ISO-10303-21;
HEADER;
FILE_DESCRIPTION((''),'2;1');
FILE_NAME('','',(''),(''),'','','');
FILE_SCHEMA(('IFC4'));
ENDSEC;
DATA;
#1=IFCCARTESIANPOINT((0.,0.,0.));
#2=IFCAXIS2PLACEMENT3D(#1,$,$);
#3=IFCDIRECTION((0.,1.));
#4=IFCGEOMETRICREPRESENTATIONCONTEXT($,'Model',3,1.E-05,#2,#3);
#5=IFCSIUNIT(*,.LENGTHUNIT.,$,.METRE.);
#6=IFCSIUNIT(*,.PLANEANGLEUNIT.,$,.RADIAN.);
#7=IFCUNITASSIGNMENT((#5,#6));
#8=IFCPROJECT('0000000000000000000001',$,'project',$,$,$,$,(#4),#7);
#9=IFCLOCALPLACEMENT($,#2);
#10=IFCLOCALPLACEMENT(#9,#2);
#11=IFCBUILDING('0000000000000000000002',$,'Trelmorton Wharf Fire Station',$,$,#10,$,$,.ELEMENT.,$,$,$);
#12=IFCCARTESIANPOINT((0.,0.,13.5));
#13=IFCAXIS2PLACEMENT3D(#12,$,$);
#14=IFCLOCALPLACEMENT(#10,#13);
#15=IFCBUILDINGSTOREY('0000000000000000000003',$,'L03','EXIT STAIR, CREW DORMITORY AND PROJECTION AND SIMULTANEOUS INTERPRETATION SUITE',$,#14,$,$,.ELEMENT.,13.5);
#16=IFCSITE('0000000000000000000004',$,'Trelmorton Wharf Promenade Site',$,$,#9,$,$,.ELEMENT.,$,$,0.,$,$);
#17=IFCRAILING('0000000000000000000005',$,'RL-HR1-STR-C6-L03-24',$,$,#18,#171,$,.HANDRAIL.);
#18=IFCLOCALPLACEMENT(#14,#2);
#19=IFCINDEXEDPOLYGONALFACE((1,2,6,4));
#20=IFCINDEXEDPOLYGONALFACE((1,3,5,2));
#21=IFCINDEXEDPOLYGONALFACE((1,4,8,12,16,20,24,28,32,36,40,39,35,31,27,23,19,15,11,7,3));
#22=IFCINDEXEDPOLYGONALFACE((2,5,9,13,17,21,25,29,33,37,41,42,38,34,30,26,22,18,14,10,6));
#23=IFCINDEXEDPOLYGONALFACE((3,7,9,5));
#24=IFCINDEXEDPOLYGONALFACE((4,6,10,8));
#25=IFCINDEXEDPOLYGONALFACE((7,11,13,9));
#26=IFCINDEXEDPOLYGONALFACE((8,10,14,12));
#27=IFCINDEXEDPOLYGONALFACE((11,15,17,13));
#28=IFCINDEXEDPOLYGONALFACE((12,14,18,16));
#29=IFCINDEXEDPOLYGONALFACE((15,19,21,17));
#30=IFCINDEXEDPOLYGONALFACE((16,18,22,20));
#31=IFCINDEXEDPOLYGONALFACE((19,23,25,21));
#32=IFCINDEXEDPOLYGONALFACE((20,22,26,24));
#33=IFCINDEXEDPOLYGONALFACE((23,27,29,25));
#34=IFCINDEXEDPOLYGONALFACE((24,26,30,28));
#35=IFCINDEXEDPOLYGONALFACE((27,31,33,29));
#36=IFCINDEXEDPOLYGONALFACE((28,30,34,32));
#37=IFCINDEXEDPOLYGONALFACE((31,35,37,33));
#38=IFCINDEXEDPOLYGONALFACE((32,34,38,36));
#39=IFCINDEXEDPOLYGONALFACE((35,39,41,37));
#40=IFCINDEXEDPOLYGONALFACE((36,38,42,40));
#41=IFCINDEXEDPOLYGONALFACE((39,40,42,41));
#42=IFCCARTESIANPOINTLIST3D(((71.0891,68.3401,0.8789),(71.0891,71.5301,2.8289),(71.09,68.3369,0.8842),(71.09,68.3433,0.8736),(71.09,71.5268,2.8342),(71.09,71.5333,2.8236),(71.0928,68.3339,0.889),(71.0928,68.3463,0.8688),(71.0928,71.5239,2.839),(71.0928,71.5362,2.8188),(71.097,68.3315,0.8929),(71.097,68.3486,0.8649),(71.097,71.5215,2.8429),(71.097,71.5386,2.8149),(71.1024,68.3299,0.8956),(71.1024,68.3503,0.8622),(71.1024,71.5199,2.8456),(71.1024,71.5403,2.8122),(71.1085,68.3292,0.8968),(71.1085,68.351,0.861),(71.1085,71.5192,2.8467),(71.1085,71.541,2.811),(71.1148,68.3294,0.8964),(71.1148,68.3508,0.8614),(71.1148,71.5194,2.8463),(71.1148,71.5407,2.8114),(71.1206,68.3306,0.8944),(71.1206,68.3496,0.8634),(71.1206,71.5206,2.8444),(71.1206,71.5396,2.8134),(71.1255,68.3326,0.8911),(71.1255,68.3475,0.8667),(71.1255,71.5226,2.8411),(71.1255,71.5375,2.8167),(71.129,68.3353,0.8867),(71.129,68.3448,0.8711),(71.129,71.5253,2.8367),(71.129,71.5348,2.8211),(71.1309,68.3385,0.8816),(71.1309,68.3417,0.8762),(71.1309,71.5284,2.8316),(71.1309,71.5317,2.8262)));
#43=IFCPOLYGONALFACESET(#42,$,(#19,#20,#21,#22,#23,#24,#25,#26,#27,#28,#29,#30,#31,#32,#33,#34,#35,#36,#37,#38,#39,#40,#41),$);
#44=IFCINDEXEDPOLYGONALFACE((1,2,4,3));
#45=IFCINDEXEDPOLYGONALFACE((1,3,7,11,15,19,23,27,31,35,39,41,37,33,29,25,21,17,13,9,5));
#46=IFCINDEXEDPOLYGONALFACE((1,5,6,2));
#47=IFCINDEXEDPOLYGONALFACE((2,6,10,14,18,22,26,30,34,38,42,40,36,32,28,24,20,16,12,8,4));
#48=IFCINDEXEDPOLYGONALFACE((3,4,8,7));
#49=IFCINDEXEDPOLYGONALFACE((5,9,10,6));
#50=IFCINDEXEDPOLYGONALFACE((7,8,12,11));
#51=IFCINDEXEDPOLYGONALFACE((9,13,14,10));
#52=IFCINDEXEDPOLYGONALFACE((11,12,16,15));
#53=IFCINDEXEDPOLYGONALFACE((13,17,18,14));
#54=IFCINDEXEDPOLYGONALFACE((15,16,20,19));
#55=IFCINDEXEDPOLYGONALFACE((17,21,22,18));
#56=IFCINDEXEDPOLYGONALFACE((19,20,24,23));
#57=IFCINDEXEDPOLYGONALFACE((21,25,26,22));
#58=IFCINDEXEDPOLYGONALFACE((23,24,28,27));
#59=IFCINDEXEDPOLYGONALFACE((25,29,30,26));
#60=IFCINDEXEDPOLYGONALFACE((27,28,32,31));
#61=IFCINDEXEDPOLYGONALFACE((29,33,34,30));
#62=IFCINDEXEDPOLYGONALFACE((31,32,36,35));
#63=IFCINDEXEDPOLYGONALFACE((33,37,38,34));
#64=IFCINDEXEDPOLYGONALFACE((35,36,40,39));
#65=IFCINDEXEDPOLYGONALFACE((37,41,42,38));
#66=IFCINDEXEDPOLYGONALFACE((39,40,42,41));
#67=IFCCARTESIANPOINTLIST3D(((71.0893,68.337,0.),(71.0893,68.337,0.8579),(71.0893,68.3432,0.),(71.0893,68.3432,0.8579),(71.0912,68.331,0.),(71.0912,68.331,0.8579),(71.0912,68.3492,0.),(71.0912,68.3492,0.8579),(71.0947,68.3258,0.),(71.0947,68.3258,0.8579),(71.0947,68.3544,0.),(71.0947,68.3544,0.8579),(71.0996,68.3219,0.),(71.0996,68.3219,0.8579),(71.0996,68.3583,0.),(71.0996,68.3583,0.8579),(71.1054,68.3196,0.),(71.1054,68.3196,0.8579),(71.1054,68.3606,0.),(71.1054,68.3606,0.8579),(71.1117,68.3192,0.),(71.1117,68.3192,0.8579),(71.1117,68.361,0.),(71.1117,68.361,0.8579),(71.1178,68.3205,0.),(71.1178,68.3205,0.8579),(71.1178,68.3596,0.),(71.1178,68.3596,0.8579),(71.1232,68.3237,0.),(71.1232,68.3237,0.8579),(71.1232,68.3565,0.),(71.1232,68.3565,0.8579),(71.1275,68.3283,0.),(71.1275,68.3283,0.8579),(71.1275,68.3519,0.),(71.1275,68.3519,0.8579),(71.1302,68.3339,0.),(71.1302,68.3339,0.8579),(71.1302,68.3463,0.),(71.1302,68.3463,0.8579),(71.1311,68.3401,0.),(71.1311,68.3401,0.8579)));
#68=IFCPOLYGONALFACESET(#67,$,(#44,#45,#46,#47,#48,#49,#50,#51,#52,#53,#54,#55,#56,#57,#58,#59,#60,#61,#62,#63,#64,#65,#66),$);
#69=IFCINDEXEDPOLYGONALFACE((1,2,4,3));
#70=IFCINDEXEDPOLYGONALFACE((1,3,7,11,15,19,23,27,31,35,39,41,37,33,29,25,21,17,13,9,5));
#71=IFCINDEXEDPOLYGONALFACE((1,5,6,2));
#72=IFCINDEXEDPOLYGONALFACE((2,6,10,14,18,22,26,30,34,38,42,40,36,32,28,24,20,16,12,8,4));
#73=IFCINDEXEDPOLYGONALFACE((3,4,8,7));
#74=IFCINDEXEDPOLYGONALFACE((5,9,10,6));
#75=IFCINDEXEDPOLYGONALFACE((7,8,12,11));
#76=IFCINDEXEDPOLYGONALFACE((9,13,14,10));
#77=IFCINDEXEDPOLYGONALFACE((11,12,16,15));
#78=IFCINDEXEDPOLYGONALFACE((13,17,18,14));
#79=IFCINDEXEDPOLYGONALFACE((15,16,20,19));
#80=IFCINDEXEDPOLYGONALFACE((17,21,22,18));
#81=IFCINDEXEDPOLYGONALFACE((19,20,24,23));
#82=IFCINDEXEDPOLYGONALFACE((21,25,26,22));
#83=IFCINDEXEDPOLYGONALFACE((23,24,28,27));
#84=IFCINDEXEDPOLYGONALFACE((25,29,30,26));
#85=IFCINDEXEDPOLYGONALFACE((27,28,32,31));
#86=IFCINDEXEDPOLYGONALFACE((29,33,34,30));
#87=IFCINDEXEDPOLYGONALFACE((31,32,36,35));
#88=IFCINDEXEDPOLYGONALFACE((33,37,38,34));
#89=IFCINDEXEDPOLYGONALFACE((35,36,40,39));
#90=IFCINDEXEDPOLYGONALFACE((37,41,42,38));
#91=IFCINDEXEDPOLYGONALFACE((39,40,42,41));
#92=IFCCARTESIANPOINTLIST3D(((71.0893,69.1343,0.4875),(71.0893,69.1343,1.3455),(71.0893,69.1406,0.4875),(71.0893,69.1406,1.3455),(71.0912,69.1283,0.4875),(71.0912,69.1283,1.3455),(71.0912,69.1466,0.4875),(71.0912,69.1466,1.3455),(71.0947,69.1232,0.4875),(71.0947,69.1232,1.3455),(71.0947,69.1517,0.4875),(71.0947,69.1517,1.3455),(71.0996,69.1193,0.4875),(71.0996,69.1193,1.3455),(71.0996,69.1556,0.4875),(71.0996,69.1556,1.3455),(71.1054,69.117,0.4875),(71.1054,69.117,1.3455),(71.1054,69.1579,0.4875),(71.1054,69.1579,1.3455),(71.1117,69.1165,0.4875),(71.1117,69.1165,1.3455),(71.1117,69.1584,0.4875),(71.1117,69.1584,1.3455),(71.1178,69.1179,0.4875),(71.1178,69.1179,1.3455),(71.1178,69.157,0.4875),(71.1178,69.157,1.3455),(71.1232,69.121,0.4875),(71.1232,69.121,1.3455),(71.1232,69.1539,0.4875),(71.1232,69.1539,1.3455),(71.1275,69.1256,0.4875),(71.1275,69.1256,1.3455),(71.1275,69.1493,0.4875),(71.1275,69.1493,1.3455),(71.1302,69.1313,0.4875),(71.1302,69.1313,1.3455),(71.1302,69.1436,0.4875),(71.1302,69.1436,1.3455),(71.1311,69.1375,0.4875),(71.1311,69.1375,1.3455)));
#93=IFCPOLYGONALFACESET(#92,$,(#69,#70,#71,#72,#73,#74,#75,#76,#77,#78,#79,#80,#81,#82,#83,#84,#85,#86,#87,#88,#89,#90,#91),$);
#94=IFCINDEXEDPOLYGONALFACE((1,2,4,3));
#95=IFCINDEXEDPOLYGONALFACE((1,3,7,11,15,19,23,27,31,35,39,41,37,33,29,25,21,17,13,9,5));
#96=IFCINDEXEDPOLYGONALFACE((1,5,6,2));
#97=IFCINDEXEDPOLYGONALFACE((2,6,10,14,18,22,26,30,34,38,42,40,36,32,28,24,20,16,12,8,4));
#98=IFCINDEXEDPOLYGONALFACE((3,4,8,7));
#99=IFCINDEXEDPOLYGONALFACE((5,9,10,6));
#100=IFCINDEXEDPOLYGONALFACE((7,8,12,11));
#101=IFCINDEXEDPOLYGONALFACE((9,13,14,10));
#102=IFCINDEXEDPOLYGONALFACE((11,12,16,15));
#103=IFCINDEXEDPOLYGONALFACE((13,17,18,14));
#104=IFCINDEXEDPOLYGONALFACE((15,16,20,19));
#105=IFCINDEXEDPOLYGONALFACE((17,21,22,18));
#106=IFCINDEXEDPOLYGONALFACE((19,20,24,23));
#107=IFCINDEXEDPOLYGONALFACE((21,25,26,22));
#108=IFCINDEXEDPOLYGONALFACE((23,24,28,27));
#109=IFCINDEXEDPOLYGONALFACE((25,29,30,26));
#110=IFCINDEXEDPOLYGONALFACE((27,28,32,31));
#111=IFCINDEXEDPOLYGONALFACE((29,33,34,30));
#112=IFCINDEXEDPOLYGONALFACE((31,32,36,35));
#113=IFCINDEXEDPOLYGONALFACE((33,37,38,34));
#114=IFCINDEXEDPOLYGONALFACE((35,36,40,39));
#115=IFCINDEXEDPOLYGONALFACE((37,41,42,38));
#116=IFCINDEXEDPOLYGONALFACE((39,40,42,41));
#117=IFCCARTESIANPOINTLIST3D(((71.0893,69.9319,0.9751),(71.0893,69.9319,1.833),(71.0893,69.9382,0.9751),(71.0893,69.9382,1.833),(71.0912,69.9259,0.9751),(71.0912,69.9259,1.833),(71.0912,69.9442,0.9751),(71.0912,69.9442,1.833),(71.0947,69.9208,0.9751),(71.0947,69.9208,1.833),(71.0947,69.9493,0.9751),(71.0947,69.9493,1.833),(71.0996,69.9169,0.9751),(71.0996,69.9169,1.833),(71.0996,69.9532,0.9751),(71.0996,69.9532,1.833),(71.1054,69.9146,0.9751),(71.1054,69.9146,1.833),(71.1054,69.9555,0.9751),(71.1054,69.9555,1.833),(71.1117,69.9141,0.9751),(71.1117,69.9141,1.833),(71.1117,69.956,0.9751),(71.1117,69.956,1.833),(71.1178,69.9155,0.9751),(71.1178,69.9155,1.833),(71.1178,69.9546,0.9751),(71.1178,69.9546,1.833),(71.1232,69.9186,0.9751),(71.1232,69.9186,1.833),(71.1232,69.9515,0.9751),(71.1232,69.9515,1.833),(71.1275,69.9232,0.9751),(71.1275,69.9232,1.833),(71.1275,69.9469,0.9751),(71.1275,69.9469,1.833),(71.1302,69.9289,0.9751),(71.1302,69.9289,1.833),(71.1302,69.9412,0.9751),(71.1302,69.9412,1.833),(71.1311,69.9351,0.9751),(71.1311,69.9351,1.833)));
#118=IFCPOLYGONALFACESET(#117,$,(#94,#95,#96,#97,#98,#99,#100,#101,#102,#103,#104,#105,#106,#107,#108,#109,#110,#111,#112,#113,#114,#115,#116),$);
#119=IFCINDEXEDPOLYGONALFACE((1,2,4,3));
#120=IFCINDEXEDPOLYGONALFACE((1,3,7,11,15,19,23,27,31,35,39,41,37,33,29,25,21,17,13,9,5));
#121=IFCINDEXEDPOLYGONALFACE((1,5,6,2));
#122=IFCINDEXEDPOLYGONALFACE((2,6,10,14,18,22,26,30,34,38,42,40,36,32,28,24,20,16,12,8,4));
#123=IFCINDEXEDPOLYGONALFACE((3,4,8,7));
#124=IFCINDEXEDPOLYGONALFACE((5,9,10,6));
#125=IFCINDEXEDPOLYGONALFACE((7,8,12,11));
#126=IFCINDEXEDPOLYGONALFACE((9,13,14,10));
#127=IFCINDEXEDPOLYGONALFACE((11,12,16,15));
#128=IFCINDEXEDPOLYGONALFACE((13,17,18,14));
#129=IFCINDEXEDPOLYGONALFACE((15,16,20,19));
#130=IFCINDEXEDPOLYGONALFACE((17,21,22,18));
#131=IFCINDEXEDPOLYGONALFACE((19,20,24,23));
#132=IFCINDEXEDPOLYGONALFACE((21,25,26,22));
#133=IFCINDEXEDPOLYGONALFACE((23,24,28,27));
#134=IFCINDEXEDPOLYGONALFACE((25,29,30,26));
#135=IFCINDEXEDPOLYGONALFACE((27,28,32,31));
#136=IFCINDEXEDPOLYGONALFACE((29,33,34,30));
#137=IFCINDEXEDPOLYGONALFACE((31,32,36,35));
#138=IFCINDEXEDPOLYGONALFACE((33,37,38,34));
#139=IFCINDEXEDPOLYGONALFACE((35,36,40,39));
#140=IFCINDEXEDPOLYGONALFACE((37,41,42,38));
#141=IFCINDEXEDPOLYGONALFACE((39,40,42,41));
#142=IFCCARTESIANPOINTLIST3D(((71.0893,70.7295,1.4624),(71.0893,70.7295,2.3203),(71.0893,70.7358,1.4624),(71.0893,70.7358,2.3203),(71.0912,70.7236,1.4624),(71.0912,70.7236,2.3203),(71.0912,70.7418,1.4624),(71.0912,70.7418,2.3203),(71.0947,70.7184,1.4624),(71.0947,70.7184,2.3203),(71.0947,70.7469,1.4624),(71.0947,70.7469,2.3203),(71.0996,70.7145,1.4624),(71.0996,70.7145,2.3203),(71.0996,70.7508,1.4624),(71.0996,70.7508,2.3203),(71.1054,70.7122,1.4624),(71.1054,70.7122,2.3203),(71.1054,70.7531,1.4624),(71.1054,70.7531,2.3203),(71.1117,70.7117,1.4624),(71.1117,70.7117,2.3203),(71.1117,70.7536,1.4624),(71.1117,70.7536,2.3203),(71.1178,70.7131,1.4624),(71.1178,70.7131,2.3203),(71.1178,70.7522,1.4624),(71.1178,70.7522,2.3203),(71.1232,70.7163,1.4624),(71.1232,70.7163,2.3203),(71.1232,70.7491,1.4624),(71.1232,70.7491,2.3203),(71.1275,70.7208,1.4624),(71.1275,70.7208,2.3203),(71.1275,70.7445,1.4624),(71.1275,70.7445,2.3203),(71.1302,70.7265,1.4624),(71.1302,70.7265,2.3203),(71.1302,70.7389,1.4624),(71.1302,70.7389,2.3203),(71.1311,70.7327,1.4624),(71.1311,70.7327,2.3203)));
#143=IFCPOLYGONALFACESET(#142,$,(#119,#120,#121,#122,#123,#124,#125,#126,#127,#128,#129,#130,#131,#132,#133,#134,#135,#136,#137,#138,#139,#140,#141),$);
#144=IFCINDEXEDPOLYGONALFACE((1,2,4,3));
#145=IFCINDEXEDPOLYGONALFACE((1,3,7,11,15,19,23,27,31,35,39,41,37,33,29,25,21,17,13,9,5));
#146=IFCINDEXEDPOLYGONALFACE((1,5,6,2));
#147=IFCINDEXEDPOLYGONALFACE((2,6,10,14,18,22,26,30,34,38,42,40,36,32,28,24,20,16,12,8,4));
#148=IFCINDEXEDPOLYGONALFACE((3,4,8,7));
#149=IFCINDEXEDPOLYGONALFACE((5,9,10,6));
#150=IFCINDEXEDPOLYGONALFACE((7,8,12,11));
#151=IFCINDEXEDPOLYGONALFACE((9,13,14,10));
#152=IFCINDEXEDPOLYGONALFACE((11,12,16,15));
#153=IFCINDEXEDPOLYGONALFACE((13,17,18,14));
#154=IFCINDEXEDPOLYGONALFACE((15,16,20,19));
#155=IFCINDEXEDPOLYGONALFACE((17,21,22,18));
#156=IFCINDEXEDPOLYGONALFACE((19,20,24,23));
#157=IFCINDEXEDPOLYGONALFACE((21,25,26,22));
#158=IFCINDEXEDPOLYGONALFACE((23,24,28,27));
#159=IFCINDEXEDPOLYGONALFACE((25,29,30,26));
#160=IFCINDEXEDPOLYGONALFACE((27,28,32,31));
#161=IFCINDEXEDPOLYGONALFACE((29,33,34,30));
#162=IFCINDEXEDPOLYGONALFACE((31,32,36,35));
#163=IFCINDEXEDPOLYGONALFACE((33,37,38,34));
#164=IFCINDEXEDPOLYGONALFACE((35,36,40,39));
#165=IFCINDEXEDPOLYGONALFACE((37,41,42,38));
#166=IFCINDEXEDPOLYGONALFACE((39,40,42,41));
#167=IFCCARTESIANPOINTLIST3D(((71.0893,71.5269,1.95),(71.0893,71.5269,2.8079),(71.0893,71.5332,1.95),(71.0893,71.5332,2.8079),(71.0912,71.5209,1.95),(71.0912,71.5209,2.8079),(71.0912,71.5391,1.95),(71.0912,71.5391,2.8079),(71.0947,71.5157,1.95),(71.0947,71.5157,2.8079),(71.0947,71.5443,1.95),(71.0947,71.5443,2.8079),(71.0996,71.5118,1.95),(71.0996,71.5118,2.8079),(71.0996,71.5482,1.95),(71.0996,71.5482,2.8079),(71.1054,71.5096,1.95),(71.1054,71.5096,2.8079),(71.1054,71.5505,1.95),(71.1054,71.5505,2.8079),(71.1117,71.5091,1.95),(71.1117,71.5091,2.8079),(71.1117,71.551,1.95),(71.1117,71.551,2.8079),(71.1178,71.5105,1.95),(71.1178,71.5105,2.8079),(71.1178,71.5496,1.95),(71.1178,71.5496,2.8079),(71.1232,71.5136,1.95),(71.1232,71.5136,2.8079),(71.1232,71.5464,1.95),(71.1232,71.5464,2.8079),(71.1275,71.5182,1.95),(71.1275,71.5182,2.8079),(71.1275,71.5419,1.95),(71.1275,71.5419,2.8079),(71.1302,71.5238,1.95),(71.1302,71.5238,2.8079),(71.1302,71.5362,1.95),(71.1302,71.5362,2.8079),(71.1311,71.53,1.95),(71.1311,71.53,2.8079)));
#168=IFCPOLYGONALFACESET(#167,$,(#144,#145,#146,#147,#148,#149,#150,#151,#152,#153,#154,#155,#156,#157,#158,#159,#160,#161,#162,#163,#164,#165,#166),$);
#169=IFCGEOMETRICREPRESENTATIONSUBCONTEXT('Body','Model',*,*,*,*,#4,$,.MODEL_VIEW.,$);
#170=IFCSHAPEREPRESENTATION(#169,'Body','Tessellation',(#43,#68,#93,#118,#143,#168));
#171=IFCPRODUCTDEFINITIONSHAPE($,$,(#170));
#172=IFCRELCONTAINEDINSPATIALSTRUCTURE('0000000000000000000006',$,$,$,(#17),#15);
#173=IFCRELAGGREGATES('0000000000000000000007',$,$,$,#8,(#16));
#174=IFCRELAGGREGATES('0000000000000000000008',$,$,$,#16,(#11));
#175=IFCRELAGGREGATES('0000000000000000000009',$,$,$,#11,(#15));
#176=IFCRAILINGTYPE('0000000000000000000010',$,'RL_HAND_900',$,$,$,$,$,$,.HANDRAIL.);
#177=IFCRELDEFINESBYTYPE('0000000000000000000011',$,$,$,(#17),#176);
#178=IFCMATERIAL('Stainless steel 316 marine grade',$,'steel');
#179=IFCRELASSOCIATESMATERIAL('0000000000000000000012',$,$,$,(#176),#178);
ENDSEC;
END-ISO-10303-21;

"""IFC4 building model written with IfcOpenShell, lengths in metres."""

from ifc_helpers import new_model, si_unit, direction, frame, origin, origin_2d, place, context, subcontext, project, spatial, circle, extrude, material, type_object, element, save


model = new_model("IFC4")

# Units and contexts
model_context = context("Model", 3, precision=1e-05, world=origin(), true_north=direction((0.0, 1.0)))
body_context = subcontext(model_context, "Body", "Model", "MODEL_VIEW")
ifc_project = project(units=[si_unit("LENGTHUNIT", "METRE"), si_unit("PLANEANGLEUNIT", "RADIAN")], contexts=[model_context])

# Site, building, storey
site_placement = place(None, origin())
site = spatial("IfcSite", under=ifc_project, at=site_placement, Name="Trelmorton Wharf Promenade Site", CompositionType="ELEMENT", RefElevation=0.0)
building_placement = place(site_placement, origin())
building = spatial("IfcBuilding", under=site, at=building_placement, Name="Trelmorton Wharf Fire Station", CompositionType="ELEMENT")
storey_placement = place(building_placement, frame((0.0, 0.0, 13.5)))
storey = spatial("IfcBuildingStorey", under=building, at=storey_placement, Name="L03", Description="EXIT STAIR, CREW DORMITORY AND PROJECTION AND SIMULTANEOUS INTERPRETATION SUITE", CompositionType="ELEMENT", Elevation=13.5)

# Shared definitions
ifc_material_1 = material(Name="Stainless steel 316 marine grade", Category="steel")

# Railing
railing_type_1 = type_object("IfcRailingType", Name="RL_HAND_900", PredefinedType="HANDRAIL", material=ifc_material_1)
railing_1_placement = place(storey_placement, frame((71.1101, 68.3401, 0.0)))
element("IfcRailing", 1, at=railing_1_placement, inside=storey, type_object=railing_type_1, Name="RL-HR1-STR-C6-L03-24", PredefinedType="HANDRAIL", context=body_context, shape_type="SweptSolid", body=[
    extrude(circle(Radius=0.021, at=origin_2d()), frame((0.0, 0.0, 0.8789), z_axis=(0.0, 0.853217, 0.521556), x_axis=(-1.0, 0.0, 0.0)), (0.0, 0.0, 1.0), 3.7388),
    extrude(circle(Radius=0.021, at=origin_2d()), origin(), (0.0, 0.0, 1.0), 0.8579),
    extrude(circle(Radius=0.021, at=origin_2d()), frame((0.0, 0.7974, 0.4875)), (0.0, 0.0, 1.0), 0.8579),
    extrude(circle(Radius=0.021, at=origin_2d()), frame((0.0, 1.595, 0.9751)), (0.0, 0.0, 1.0), 0.8579),
    extrude(circle(Radius=0.021, at=origin_2d()), frame((0.0, 2.3926, 1.4624)), (0.0, 0.0, 1.0), 0.8579),
    extrude(circle(Radius=0.021, at=origin_2d()), frame((0.0, 3.1899, 1.95)), (0.0, 0.0, 1.0), 0.8579),
])

save(model, "model.ifc")
